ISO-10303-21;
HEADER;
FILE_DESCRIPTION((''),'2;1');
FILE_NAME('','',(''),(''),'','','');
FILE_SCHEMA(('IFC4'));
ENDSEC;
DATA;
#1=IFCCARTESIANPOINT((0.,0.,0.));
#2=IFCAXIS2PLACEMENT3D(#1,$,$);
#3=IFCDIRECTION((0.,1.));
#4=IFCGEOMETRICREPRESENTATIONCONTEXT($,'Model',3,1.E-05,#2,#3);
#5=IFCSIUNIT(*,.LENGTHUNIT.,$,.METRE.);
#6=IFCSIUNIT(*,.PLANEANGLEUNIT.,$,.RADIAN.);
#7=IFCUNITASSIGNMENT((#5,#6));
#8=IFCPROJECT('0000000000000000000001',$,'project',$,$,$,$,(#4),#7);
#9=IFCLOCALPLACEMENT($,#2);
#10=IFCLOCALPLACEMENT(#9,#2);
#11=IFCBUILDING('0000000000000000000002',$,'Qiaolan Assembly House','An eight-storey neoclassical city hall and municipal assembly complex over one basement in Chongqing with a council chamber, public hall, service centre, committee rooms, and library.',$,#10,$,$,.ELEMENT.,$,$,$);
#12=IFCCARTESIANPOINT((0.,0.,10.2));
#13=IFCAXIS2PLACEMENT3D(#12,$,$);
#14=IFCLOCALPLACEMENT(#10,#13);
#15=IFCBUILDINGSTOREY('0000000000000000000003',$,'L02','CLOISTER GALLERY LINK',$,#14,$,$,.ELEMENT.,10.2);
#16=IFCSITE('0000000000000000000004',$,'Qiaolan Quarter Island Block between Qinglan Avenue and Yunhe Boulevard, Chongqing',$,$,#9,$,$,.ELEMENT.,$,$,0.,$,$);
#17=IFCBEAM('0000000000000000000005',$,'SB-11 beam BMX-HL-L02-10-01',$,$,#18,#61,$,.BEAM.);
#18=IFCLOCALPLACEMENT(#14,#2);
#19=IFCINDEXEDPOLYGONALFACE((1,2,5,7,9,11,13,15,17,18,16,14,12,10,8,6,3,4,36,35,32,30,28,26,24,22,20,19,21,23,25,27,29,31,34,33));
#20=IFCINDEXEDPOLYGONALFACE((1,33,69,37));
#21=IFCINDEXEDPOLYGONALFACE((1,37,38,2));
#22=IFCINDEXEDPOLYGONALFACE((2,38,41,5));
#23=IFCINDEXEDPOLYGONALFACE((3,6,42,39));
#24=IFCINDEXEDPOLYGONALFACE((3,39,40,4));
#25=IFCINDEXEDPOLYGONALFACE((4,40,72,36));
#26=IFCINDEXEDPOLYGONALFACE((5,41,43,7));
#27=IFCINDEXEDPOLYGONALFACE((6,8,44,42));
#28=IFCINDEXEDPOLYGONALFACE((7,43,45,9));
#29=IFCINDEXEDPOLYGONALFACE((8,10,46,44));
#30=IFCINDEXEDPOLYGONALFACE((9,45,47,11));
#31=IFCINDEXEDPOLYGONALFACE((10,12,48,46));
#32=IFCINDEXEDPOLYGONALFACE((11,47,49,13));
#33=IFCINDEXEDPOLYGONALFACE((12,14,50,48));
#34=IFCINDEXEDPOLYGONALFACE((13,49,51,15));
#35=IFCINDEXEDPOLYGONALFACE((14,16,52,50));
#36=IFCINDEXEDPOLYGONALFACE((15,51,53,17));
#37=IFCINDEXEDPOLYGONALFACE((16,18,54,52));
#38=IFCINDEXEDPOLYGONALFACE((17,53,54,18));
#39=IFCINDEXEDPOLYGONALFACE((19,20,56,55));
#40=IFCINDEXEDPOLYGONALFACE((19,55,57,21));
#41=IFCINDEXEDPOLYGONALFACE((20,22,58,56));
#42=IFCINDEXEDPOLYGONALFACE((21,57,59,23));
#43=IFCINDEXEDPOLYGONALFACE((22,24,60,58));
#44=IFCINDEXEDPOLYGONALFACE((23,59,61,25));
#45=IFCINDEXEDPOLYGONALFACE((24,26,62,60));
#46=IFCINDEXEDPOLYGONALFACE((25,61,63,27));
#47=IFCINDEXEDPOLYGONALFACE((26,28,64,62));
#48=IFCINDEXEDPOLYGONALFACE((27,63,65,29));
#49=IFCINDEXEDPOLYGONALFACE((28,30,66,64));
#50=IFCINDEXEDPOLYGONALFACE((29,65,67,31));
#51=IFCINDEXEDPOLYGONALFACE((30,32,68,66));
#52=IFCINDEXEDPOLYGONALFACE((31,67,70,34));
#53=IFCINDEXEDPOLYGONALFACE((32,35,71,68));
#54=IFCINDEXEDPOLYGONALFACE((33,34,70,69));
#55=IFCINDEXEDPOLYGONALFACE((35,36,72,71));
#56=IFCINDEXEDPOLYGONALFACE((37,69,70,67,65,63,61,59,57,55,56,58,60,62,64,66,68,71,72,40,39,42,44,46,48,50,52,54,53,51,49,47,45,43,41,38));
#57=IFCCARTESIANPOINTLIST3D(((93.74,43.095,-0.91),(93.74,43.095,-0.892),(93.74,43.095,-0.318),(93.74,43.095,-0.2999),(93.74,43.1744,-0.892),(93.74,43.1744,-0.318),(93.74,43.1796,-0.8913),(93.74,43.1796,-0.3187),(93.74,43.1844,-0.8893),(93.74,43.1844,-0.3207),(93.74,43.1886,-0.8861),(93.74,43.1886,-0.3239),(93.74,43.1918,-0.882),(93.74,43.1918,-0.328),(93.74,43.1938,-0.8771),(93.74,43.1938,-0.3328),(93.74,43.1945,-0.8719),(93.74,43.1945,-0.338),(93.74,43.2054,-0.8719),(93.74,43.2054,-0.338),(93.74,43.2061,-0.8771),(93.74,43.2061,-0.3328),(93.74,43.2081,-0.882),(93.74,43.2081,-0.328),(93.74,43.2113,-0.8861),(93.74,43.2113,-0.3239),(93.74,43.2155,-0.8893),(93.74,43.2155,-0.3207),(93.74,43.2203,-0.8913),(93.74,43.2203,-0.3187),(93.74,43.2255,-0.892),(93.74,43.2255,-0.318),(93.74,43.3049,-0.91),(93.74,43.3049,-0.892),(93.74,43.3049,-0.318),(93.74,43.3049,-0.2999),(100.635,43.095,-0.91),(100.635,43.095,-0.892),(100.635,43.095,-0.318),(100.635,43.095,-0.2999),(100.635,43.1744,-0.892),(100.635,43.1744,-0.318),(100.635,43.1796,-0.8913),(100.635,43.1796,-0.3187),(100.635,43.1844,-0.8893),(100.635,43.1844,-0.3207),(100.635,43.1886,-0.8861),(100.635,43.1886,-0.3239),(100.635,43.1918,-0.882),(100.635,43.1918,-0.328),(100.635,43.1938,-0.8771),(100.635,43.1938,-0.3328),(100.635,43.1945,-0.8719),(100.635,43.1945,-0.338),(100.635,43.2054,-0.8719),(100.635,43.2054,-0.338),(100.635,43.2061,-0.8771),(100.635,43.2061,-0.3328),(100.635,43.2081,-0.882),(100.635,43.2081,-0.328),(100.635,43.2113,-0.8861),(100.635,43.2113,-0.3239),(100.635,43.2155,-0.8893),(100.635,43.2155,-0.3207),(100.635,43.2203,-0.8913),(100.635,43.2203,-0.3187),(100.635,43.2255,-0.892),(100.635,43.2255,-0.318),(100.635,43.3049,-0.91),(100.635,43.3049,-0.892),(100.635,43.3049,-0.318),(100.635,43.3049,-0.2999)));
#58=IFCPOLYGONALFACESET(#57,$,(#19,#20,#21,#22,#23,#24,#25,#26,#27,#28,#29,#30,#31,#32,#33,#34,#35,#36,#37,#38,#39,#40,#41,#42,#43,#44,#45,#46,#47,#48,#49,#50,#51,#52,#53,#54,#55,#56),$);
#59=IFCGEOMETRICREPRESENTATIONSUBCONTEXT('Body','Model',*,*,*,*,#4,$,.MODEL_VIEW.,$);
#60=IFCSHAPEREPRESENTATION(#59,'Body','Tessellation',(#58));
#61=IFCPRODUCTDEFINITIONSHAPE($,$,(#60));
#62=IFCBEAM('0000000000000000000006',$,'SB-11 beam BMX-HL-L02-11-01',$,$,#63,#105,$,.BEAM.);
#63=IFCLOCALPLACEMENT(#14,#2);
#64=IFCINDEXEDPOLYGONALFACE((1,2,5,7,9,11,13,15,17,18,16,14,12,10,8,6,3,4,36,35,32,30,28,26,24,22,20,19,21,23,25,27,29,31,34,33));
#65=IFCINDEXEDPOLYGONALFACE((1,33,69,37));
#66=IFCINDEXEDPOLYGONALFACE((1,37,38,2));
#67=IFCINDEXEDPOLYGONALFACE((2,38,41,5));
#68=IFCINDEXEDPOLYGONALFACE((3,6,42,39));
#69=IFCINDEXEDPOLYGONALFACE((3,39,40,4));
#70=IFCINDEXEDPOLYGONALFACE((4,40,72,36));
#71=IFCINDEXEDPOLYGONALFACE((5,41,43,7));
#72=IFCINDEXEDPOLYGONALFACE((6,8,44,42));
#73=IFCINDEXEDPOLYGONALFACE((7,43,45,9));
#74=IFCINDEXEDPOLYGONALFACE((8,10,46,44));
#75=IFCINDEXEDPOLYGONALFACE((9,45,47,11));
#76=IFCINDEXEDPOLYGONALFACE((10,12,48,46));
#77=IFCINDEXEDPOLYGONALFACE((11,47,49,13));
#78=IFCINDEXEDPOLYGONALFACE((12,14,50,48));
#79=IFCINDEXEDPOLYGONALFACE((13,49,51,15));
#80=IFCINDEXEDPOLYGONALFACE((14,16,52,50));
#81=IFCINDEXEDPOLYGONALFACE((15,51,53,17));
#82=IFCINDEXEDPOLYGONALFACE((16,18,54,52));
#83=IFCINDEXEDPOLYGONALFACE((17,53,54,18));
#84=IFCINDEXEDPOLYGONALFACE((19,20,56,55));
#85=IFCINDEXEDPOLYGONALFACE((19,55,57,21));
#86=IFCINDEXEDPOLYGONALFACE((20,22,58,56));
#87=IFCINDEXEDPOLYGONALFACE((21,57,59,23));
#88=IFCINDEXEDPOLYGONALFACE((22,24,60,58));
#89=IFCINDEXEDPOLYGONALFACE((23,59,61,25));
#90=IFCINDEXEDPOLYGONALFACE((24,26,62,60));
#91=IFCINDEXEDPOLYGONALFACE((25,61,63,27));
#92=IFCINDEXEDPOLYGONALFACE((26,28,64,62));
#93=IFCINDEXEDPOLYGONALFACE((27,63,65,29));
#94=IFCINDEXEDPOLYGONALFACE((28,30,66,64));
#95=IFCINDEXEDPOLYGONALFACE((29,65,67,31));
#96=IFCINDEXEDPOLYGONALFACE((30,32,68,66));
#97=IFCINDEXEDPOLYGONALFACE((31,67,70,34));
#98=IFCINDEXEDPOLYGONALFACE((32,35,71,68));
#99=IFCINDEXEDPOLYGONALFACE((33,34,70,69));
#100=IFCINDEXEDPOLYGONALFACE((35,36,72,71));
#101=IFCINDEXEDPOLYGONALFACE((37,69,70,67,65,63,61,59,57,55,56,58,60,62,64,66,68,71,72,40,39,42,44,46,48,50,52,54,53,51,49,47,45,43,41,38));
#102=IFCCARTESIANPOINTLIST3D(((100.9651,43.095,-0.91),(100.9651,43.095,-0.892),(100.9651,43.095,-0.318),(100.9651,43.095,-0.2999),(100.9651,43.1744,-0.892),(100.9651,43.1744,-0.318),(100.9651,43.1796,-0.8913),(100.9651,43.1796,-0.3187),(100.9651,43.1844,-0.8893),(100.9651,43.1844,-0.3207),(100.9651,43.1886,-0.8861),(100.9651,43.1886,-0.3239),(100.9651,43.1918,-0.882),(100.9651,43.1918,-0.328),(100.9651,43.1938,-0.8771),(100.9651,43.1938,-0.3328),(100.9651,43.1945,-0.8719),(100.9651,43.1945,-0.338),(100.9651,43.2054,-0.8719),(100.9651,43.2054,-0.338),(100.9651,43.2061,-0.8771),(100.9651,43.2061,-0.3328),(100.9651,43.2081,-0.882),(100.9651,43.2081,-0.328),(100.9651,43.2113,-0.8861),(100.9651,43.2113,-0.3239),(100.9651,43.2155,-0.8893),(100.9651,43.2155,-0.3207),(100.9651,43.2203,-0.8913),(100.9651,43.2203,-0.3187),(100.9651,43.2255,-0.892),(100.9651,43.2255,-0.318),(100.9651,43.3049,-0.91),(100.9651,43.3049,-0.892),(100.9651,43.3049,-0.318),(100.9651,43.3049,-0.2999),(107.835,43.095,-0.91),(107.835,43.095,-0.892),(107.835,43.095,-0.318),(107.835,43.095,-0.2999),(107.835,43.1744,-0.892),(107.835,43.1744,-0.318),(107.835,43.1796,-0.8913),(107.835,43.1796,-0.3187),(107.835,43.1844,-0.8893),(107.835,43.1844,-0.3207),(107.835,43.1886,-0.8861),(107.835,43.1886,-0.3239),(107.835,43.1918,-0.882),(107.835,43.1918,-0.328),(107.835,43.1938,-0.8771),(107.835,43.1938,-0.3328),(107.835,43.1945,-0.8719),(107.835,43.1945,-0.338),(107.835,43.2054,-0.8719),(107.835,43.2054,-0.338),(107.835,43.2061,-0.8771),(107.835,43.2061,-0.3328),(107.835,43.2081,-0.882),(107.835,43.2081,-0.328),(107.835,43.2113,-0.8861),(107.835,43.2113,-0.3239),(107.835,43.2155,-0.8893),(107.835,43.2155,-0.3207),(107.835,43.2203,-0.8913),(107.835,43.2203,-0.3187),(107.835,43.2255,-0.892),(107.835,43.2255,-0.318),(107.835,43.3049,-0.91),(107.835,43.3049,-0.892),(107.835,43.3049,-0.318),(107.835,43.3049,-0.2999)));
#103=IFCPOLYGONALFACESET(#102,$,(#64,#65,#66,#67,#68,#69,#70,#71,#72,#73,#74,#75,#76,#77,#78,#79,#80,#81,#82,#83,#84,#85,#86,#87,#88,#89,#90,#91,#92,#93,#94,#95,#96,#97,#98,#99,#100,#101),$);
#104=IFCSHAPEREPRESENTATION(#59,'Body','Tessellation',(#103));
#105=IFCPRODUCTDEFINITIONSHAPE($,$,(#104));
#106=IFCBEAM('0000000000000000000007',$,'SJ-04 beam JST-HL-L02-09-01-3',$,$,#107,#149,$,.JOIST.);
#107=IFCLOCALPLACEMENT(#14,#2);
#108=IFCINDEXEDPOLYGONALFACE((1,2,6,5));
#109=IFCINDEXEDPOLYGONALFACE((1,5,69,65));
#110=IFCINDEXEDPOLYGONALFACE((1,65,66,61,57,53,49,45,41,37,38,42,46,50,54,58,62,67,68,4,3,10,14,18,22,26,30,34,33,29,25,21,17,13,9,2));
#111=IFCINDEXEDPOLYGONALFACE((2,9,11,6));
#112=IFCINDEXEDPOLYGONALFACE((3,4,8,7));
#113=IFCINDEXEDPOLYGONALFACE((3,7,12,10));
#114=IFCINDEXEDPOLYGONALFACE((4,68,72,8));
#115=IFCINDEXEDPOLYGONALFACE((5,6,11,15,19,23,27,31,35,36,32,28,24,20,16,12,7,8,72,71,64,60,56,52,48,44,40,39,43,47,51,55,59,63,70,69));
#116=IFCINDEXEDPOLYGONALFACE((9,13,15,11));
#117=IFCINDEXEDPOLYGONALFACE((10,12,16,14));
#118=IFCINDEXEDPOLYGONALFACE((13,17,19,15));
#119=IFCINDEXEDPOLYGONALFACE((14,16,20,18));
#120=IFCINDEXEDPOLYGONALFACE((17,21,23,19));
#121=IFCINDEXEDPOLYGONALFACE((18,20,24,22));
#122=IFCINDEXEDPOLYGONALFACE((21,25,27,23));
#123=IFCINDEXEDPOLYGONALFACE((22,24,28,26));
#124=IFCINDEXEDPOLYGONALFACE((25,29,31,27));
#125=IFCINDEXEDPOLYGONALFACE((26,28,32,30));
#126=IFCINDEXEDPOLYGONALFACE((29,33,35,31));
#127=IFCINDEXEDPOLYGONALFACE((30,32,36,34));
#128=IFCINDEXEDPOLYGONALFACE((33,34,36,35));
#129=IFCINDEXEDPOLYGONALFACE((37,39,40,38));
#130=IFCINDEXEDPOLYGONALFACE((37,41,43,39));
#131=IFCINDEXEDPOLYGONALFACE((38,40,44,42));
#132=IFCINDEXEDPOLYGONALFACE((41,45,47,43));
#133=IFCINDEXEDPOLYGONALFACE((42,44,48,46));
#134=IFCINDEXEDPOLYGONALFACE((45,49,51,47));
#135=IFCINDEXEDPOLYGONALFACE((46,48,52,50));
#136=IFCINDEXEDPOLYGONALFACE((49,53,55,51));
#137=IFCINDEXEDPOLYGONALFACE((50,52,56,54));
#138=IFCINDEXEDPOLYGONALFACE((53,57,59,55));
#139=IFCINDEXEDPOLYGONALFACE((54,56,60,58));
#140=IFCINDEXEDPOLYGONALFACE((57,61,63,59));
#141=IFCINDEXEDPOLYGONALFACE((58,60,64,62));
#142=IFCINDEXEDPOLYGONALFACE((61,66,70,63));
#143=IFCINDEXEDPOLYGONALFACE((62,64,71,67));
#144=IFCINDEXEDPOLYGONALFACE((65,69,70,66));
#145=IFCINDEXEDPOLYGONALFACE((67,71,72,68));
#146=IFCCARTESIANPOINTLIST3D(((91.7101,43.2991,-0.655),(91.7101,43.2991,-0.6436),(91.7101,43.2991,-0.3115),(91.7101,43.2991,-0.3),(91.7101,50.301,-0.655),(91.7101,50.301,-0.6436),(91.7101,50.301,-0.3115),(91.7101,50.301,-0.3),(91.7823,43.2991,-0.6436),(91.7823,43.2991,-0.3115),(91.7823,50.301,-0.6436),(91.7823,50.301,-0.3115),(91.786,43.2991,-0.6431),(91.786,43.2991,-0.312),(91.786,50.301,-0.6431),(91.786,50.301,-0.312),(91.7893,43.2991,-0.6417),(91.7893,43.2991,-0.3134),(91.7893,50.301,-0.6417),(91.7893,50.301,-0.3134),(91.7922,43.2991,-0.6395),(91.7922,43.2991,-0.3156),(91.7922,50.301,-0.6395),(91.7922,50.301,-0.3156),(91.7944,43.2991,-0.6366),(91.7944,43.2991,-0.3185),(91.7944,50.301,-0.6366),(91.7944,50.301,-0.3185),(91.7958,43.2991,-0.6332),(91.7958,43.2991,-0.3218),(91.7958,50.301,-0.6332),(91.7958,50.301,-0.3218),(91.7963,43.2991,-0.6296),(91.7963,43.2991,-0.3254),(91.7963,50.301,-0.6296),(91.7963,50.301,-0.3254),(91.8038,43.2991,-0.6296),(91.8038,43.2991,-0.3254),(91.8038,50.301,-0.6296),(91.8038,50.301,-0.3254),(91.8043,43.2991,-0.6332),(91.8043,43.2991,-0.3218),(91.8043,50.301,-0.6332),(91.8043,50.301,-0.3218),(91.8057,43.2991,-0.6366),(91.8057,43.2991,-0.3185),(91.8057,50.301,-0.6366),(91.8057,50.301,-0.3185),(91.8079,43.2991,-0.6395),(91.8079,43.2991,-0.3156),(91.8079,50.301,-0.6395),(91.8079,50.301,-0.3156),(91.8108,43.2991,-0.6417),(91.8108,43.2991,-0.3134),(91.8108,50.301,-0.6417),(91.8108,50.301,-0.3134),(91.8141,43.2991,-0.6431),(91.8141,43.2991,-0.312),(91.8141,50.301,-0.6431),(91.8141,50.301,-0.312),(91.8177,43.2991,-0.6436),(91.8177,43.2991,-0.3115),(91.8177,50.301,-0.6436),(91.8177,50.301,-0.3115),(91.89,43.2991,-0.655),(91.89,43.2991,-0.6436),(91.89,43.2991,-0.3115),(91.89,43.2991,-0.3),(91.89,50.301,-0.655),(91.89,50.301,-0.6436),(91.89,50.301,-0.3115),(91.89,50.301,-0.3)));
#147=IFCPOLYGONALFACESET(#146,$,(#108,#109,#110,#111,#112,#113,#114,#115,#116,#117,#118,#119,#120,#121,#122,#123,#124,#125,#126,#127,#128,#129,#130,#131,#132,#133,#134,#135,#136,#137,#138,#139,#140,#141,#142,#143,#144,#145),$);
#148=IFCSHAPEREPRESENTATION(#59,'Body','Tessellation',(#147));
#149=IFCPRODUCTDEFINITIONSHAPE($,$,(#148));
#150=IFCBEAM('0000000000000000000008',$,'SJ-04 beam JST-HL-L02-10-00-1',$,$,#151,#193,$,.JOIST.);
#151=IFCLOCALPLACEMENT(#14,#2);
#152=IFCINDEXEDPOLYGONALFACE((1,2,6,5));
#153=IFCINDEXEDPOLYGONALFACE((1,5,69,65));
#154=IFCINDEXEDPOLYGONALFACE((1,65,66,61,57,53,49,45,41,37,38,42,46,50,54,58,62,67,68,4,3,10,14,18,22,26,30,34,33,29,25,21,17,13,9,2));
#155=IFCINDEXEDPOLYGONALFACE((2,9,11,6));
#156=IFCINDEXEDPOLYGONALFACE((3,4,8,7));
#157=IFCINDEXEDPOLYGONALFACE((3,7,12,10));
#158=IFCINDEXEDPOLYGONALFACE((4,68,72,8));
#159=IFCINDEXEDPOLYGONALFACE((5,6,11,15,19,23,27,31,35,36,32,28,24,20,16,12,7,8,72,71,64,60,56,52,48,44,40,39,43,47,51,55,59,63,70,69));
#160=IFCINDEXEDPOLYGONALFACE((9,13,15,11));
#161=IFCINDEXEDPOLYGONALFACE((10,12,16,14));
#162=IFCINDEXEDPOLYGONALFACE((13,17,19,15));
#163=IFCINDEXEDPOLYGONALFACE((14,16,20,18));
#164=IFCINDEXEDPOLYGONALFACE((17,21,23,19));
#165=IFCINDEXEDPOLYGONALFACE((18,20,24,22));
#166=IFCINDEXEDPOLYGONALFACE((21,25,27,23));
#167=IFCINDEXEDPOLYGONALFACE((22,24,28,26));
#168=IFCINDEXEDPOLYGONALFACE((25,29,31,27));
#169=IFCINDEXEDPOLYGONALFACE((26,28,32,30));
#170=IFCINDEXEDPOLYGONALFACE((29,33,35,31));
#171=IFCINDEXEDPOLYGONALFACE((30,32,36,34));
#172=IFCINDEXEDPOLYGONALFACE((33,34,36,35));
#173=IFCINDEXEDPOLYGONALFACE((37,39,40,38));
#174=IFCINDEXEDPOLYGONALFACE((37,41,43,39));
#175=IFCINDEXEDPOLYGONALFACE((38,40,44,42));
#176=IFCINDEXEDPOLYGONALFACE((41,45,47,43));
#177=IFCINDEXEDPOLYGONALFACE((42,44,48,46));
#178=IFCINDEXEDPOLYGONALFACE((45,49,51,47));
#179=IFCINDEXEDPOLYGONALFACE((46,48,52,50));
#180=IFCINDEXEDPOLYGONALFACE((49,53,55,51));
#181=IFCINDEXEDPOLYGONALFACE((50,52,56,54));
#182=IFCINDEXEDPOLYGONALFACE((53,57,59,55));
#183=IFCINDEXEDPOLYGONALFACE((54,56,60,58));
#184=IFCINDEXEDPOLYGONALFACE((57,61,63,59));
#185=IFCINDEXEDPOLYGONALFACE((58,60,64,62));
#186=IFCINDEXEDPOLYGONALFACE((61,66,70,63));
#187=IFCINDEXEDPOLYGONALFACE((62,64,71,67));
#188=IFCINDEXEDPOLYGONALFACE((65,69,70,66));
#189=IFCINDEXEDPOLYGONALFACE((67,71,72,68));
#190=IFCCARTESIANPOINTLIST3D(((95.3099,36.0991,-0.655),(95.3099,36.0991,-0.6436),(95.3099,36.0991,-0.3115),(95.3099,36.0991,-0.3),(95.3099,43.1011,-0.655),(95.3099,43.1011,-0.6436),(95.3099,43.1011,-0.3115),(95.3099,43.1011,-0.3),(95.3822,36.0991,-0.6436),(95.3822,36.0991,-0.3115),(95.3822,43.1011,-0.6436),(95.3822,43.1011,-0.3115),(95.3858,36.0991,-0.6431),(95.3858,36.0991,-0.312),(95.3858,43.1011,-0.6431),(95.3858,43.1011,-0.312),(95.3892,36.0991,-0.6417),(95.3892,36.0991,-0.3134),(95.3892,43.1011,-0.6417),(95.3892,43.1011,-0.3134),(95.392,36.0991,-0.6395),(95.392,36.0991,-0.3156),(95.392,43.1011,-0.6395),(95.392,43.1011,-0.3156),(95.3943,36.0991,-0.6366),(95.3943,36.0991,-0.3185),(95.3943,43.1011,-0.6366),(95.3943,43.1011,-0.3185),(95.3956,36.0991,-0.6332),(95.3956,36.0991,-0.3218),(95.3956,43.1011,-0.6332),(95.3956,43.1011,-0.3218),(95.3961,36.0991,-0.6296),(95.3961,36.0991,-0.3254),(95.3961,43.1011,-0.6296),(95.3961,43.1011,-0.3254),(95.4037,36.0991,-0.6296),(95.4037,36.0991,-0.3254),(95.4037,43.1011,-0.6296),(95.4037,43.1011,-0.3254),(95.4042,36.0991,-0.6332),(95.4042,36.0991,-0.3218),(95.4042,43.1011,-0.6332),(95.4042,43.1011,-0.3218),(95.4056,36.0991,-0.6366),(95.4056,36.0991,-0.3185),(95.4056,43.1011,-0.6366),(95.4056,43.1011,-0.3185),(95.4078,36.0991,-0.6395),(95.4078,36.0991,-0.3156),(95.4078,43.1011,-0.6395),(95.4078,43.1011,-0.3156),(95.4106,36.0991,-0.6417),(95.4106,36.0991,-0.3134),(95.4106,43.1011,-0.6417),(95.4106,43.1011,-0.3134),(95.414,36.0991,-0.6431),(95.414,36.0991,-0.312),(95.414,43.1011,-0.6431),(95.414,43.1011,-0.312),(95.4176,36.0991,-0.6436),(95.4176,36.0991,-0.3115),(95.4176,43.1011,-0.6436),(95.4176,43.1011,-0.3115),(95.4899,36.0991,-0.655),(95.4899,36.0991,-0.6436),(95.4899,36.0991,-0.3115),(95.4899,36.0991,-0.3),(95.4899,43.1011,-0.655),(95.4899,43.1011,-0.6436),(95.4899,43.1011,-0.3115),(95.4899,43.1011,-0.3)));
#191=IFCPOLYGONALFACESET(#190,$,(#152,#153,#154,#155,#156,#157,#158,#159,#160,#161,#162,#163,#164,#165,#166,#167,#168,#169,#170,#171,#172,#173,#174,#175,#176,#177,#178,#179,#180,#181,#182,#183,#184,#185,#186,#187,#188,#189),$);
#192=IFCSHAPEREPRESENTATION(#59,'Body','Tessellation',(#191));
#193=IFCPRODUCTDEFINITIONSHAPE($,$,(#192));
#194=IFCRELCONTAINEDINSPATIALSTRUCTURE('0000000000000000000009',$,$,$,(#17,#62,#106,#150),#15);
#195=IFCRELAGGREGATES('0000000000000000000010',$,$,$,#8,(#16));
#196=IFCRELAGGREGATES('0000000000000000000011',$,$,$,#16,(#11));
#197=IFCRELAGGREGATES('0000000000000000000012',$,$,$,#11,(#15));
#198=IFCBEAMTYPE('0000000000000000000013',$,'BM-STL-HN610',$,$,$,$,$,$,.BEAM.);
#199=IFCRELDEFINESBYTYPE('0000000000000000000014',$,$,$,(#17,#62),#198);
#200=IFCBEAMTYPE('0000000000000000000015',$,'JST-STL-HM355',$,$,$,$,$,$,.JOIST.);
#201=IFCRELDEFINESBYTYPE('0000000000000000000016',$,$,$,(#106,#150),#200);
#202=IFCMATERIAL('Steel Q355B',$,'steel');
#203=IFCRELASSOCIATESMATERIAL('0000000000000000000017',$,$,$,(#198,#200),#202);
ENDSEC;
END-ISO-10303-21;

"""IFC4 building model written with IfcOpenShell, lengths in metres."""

from ifc_helpers import new_model, si_unit, direction, frame, origin, origin_2d, place, context, subcontext, project, spatial, i_section, extrude, material, material_profile, profile_set, type_object, element, save


model = new_model("IFC4")

# Units and contexts
model_context = context("Model", 3, precision=1e-05, world=origin(), true_north=direction((0.0, 1.0)))
body_context = subcontext(model_context, "Body", "Model", "MODEL_VIEW")
ifc_project = project(units=[si_unit("LENGTHUNIT", "METRE"), si_unit("PLANEANGLEUNIT", "RADIAN")], contexts=[model_context])

# Site, building, storey
site_placement = place(None, origin())
site = spatial("IfcSite", under=ifc_project, at=site_placement, Name="Qiaolan Quarter Island Block between Qinglan Avenue and Yunhe Boulevard, Chongqing", CompositionType="ELEMENT", RefElevation=0.0)
building_placement = place(site_placement, origin())
building = spatial("IfcBuilding", under=site, at=building_placement, Name="Qiaolan Assembly House", Description="An eight-storey neoclassical city hall and municipal assembly complex over one basement in Chongqing with a council chamber, public hall, service centre, committee rooms, and library.", CompositionType="ELEMENT")
storey_placement = place(building_placement, frame((0.0, 0.0, 10.2)))
storey = spatial("IfcBuildingStorey", under=building, at=storey_placement, Name="L02", Description="CLOISTER GALLERY LINK", CompositionType="ELEMENT", Elevation=10.2)

# Shared definitions
ifc_material_1 = material(Name="Steel Q355B", Category="steel")

# Beams
ifc_material_profile_1 = material_profile(ifc_material_1, i_section(OverallWidth=0.21, OverallDepth=0.6101, WebThickness=0.011, FlangeThickness=0.0181, FilletRadius=0.02, at=origin_2d()), Name="HN 610x210x11x18")
ifc_profile_set_1 = profile_set([ifc_material_profile_1], Name="Steel Q355B")
beam_type_1 = type_object("IfcBeamType", Name="BM-STL-HN610", PredefinedType="BEAM", material=ifc_profile_set_1)
beam_1_placement = place(storey_placement, frame((93.74, 43.2, -0.605), z_axis=(1.0, 0.0, 0.0), x_axis=(0.0, 1.0, 0.0)))
element("IfcBeam", 1, at=beam_1_placement, inside=storey, type_object=beam_type_1, Name="SB-11 beam BMX-HL-L02-10-01", PredefinedType="BEAM", context=body_context, shape_type="SweptSolid", body=[
    extrude(i_section(OverallWidth=0.21, OverallDepth=0.6101, WebThickness=0.011, FlangeThickness=0.0181, FilletRadius=0.02, at=origin_2d()), origin(), (0.0, 0.0, 1.0), 6.895),
])
beam_2_placement = place(storey_placement, frame((100.9651, 43.2, -0.605), z_axis=(1.0, 0.0, 0.0), x_axis=(0.0, 1.0, 0.0)))
element("IfcBeam", 2, at=beam_2_placement, inside=storey, type_object=beam_type_1, Name="SB-11 beam BMX-HL-L02-11-01", PredefinedType="BEAM", context=body_context, shape_type="SweptSolid", body=[
    extrude(i_section(OverallWidth=0.21, OverallDepth=0.6101, WebThickness=0.011, FlangeThickness=0.0181, FilletRadius=0.02, at=origin_2d()), origin(), (0.0, 0.0, 1.0), 6.8699),
])
ifc_material_profile_2 = material_profile(ifc_material_1, i_section(OverallWidth=0.1799, OverallDepth=0.355, WebThickness=0.0076, FlangeThickness=0.0115, FilletRadius=0.0139, at=origin_2d()), Name="HM 355x180x7.5x11.5")
ifc_profile_set_2 = profile_set([ifc_material_profile_2], Name="Steel Q355B")
beam_type_2 = type_object("IfcBeamType", Name="JST-STL-HM355", PredefinedType="JOIST", material=ifc_profile_set_2)
for number, where, z_axis, x_axis, name in (
    (3, (91.8, 43.2991, -0.4775), (0.0, 1.0, 0.0), (-1.0, 0.0, 0.0), "SJ-04 beam JST-HL-L02-09-01-3"),
    (4, (95.3999, 36.0991, -0.4775), (0.0, 1.0, 0.0), (-1.0, 0.0, 0.0), "SJ-04 beam JST-HL-L02-10-00-1"),
):
    element("IfcBeam", number, at=place(storey_placement, frame(where, z_axis=z_axis, x_axis=x_axis)), inside=storey, type_object=beam_type_2, Name=name, PredefinedType="JOIST", context=body_context, shape_type="SweptSolid", body=[
        extrude(i_section(OverallWidth=0.1799, OverallDepth=0.355, WebThickness=0.0076, FlangeThickness=0.0115, FilletRadius=0.0139, at=origin_2d()), origin(), (0.0, 0.0, 1.0), 7.002),
    ])

save(model, "model.ifc")
